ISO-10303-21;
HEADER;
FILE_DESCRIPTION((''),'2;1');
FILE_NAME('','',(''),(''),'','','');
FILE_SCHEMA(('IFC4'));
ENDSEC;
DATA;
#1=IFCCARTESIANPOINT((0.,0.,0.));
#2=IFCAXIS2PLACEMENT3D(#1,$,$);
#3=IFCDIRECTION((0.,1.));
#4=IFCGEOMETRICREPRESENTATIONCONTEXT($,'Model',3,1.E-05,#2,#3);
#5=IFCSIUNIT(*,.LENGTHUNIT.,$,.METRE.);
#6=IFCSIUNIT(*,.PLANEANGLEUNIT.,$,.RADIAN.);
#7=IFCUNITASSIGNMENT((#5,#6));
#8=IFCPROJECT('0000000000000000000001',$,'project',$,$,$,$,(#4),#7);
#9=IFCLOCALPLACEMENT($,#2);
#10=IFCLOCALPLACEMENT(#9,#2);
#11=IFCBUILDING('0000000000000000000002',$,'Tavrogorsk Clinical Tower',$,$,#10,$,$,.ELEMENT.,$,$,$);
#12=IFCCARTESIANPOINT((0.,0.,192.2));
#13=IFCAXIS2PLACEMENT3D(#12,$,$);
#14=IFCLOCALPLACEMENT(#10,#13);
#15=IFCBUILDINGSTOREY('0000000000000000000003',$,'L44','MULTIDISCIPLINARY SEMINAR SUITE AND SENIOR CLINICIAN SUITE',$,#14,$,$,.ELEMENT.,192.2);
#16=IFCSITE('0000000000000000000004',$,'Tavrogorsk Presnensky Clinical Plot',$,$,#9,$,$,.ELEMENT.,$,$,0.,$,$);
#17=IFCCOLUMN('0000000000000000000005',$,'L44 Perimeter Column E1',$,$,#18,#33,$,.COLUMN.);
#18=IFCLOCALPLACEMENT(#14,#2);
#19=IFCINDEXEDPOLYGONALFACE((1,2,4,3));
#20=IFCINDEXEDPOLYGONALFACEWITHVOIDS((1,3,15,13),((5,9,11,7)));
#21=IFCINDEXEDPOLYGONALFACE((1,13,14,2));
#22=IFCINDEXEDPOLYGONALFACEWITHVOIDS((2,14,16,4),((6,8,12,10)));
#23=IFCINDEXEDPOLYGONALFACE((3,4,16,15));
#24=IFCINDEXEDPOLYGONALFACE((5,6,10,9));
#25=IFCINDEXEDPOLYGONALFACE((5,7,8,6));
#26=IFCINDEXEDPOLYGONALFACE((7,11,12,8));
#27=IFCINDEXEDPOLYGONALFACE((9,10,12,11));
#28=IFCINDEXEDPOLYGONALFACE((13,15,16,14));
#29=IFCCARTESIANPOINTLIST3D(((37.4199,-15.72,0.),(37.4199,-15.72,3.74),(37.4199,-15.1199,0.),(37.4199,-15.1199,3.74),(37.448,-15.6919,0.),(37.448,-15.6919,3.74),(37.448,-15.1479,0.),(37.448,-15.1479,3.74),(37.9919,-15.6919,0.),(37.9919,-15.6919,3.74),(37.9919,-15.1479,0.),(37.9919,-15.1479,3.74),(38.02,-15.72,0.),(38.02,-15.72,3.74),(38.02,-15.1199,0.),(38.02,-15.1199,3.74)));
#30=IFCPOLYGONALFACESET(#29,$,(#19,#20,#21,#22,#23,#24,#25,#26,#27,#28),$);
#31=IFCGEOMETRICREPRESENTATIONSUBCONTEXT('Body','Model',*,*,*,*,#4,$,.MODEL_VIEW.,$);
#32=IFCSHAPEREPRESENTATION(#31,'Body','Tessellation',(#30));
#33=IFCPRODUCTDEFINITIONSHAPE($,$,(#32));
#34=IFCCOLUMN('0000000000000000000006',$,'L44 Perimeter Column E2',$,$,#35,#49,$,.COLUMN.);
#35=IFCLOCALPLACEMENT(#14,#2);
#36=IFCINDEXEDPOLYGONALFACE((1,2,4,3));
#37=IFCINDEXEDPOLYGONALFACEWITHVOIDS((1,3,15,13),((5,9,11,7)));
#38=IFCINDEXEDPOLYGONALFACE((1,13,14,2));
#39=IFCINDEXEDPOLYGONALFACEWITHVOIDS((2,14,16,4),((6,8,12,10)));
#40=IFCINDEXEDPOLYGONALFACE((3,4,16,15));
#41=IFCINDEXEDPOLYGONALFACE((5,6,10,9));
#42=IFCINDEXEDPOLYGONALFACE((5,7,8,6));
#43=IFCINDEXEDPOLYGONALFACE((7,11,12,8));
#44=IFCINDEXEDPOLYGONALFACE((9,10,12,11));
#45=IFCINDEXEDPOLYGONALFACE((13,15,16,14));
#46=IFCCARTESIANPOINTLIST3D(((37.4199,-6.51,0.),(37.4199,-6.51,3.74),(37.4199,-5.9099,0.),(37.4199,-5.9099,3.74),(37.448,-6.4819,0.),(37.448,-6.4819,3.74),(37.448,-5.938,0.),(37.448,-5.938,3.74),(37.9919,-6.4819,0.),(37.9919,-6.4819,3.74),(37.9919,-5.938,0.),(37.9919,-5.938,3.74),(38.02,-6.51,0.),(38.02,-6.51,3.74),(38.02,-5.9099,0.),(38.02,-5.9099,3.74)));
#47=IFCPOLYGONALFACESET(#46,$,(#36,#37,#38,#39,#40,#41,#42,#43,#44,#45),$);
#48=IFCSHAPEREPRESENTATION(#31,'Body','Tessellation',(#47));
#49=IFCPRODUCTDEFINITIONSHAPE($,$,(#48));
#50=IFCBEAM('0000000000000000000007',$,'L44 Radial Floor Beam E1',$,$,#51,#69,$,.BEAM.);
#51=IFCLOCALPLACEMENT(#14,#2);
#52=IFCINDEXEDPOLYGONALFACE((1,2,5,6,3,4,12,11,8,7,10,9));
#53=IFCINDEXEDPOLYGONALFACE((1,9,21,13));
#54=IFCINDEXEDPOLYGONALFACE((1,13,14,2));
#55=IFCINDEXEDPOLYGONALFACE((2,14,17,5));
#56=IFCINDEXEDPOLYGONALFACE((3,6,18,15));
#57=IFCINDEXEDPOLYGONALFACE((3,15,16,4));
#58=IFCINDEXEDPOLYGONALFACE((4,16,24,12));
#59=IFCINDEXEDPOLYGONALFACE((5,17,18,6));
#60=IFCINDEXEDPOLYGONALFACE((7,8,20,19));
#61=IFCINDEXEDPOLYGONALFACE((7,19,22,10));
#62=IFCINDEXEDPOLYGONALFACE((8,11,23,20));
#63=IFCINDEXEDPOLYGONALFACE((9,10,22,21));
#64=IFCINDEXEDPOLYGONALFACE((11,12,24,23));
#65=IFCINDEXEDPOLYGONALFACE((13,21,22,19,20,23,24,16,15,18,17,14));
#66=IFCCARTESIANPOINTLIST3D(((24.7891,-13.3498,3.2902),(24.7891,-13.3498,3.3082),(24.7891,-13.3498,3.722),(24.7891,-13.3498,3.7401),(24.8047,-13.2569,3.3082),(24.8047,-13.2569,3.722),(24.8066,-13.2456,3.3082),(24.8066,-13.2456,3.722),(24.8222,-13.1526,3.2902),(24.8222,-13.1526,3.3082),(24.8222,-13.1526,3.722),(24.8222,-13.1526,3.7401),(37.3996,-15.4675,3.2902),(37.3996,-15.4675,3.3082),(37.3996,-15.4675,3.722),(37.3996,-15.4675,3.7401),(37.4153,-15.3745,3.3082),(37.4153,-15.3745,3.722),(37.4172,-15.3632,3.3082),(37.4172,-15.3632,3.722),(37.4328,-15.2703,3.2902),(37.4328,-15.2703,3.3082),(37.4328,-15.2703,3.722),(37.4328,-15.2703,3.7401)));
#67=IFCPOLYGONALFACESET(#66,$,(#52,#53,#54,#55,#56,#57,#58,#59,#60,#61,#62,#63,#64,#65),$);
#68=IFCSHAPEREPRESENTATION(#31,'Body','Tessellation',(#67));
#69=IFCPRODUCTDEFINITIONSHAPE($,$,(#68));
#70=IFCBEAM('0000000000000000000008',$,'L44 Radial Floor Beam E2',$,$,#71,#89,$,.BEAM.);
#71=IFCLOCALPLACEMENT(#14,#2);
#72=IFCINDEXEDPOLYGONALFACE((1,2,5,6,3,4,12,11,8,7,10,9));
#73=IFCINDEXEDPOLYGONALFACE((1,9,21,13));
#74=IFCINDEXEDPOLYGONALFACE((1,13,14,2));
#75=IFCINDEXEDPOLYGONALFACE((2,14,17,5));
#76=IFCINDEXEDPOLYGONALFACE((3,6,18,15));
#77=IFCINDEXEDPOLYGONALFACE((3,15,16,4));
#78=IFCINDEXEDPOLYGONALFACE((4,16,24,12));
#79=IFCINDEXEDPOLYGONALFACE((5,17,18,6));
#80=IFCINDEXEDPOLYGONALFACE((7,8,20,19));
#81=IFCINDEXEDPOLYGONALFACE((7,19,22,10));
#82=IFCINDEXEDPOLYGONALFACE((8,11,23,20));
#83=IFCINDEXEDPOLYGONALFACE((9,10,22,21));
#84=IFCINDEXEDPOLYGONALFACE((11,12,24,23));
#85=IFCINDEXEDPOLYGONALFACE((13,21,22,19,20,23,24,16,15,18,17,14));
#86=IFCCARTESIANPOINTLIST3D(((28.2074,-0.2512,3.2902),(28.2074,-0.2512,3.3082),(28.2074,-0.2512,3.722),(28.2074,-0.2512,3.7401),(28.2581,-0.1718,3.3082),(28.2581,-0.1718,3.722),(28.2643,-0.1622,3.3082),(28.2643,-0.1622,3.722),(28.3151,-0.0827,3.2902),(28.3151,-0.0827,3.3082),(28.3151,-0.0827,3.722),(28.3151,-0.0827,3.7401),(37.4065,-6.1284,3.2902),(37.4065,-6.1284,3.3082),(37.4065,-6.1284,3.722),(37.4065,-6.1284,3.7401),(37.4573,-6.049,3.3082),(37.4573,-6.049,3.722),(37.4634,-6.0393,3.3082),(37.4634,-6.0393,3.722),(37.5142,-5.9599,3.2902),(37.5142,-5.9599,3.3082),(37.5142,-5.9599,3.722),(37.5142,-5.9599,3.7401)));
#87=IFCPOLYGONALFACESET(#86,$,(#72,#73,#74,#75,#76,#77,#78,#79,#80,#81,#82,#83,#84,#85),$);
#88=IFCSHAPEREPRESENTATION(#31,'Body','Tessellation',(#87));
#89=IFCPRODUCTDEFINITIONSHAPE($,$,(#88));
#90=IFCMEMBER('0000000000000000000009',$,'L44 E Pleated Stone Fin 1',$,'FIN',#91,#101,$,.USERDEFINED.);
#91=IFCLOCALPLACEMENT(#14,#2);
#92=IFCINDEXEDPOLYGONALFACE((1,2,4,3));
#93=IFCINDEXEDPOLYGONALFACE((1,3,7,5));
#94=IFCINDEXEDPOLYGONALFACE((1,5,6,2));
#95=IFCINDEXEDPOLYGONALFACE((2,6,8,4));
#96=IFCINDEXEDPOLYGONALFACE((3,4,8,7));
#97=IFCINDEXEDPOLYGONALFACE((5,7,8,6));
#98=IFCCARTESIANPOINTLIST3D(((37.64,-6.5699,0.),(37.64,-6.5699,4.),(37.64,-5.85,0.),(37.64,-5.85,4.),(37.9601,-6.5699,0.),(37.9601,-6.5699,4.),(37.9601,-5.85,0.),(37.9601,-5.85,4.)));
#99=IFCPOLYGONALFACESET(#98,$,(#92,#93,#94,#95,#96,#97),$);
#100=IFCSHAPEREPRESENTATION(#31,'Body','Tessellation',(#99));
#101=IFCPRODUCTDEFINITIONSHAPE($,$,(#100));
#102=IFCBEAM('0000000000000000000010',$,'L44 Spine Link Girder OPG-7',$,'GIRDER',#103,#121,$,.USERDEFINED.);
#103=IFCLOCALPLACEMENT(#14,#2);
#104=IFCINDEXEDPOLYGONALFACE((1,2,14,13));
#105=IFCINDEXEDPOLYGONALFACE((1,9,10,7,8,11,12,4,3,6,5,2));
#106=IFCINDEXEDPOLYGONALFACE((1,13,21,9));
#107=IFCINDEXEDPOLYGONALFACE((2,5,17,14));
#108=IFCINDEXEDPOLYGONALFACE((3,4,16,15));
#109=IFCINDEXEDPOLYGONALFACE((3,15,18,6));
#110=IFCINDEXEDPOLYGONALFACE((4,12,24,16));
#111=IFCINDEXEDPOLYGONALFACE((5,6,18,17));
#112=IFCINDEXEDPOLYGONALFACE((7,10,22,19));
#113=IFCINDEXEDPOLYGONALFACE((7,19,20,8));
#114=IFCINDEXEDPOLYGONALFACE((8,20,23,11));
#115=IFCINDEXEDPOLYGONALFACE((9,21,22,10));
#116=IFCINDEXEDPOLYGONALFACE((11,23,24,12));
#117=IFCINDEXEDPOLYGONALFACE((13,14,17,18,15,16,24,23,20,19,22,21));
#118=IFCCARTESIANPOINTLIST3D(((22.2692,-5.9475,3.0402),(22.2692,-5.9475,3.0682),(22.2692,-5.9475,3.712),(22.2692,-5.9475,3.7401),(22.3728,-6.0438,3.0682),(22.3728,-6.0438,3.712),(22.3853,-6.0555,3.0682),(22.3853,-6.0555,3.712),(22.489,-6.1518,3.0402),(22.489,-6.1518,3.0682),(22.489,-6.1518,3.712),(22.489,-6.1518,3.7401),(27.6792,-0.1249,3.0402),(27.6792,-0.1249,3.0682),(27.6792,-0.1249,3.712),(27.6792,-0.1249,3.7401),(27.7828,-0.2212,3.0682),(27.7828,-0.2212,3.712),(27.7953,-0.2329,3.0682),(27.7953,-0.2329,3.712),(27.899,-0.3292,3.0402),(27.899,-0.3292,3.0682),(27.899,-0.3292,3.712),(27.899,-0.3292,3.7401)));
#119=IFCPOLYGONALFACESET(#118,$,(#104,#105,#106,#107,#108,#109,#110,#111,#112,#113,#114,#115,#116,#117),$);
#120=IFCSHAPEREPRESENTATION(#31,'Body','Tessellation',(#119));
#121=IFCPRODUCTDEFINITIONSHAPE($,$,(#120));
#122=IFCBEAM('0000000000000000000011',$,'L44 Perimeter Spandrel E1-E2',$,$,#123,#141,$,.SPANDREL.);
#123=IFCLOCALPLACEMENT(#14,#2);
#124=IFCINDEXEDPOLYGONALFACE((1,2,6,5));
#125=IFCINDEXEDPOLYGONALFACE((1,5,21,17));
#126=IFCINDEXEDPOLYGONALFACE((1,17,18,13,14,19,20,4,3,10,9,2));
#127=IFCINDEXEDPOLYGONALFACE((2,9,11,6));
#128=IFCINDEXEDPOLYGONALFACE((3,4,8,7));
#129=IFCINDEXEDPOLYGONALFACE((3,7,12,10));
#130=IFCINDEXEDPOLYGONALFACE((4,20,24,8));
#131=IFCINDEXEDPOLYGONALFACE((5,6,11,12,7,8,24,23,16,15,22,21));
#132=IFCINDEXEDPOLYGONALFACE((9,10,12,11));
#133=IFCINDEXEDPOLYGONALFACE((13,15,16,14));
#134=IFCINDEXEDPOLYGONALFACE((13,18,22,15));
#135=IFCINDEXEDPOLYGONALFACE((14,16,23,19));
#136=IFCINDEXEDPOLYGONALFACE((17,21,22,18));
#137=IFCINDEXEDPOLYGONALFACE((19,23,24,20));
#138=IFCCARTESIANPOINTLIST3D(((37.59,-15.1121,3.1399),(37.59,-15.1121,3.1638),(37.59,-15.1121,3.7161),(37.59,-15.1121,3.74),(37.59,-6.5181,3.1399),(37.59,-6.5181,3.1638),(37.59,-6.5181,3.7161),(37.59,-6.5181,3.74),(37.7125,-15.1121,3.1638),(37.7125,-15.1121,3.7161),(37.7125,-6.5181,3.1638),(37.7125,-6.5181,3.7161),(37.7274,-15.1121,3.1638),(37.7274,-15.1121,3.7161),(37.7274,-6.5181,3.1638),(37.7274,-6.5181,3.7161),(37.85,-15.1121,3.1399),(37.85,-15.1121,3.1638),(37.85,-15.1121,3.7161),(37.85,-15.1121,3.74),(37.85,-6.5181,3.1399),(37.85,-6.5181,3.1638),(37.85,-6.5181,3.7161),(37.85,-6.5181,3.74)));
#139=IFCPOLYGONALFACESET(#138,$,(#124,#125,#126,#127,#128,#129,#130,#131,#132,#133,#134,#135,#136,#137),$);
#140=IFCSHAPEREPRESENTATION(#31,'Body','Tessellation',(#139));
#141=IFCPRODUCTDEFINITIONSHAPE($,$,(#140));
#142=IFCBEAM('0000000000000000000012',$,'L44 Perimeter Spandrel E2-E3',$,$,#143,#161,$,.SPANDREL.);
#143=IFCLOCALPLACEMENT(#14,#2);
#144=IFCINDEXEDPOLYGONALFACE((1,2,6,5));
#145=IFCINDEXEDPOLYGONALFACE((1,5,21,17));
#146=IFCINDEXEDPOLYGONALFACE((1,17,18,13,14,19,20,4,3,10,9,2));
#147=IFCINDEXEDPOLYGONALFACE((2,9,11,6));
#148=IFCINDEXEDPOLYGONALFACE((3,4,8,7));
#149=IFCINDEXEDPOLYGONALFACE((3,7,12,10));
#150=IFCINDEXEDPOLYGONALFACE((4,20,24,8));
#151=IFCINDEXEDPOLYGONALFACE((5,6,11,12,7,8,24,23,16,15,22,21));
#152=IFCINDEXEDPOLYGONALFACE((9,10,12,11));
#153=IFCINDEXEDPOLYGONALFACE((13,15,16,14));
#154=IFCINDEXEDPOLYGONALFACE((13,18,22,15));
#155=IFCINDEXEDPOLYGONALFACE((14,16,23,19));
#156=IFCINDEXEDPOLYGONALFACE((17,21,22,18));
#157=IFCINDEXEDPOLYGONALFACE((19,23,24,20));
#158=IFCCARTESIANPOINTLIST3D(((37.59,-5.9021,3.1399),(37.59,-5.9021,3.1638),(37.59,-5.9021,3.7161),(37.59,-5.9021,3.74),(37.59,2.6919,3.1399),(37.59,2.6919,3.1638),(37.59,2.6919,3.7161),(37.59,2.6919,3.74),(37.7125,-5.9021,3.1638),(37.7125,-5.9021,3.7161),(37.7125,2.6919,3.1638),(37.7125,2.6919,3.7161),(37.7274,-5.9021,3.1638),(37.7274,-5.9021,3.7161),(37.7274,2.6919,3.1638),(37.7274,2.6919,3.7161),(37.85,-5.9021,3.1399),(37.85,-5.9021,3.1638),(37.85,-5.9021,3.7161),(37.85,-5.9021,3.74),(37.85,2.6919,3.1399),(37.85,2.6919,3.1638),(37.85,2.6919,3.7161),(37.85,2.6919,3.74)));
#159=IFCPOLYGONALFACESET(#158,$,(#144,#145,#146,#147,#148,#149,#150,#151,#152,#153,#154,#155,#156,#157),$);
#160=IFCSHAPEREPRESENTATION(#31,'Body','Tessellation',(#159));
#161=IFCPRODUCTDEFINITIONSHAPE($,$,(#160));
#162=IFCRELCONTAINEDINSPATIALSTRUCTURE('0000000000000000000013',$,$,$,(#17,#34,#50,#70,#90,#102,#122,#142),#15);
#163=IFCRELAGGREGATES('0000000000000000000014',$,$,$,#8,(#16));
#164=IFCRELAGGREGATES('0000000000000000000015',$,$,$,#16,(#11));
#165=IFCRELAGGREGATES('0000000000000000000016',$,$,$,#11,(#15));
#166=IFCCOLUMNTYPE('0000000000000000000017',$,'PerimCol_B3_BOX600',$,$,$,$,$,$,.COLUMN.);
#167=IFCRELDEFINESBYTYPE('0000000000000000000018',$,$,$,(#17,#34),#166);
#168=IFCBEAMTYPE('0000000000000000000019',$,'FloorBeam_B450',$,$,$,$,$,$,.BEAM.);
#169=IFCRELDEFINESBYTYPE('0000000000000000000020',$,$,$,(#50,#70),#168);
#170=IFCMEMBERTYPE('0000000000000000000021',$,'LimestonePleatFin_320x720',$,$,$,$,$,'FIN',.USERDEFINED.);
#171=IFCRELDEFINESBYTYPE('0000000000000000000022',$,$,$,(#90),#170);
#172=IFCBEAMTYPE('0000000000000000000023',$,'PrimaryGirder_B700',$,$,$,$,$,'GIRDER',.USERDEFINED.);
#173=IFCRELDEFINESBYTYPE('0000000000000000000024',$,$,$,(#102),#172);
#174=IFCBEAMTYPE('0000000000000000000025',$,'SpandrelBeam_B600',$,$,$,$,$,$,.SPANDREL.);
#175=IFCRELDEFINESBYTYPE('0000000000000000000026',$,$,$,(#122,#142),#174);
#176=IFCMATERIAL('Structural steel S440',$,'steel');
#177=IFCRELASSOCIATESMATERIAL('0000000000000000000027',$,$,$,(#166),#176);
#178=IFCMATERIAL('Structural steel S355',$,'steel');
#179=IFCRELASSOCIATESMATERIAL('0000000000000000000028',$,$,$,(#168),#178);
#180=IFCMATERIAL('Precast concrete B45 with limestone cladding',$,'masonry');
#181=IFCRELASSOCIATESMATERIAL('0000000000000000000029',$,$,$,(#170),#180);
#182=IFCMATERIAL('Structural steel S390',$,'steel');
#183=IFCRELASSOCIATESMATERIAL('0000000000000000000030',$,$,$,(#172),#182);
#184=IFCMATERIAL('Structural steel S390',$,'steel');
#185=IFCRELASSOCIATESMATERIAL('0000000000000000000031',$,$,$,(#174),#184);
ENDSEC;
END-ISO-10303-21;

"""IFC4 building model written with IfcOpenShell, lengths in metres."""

from ifc_helpers import new_model, si_unit, direction, frame, origin, origin_2d, place, context, subcontext, project, spatial, rectangle, hollow_rectangle, i_section, extrude, material, material_profile, profile_set, type_object, element, save


model = new_model("IFC4")

# Units and contexts
model_context = context("Model", 3, precision=1e-05, world=origin(), true_north=direction((0.0, 1.0)))
body_context = subcontext(model_context, "Body", "Model", "MODEL_VIEW")
ifc_project = project(units=[si_unit("LENGTHUNIT", "METRE"), si_unit("PLANEANGLEUNIT", "RADIAN")], contexts=[model_context])

# Site, building, storey
site_placement = place(None, origin())
site = spatial("IfcSite", under=ifc_project, at=site_placement, Name="Tavrogorsk Presnensky Clinical Plot", CompositionType="ELEMENT", RefElevation=0.0)
building_placement = place(site_placement, origin())
building = spatial("IfcBuilding", under=site, at=building_placement, Name="Tavrogorsk Clinical Tower", CompositionType="ELEMENT")
storey_placement = place(building_placement, frame((0.0, 0.0, 192.2)))
storey = spatial("IfcBuildingStorey", under=building, at=storey_placement, Name="L44", Description="MULTIDISCIPLINARY SEMINAR SUITE AND SENIOR CLINICIAN SUITE", CompositionType="ELEMENT", Elevation=192.2)

# Columns
ifc_material_1 = material(Name="Structural steel S440", Category="steel")
ifc_material_profile_1 = material_profile(ifc_material_1, hollow_rectangle(XDim=0.6001, YDim=0.6001, WallThickness=0.0281, at=origin_2d()), Name="BOX-600x600x28")
ifc_profile_set_1 = profile_set([ifc_material_profile_1], Name="Structural steel S440")
column_type = type_object("IfcColumnType", Name="PerimCol_B3_BOX600", PredefinedType="COLUMN", material=ifc_profile_set_1)
for number, where, z_axis, x_axis, name in (
    (1, (37.72, -15.4199, 0.0), (0.0, 0.0, 1.0), (1.0, 0.0, 0.0), "L44 Perimeter Column E1"),
    (2, (37.72, -6.21, 0.0), (0.0, 0.0, 1.0), (1.0, 0.0, 0.0), "L44 Perimeter Column E2"),
):
    element("IfcColumn", number, at=place(storey_placement, frame(where, z_axis=z_axis, x_axis=x_axis)), inside=storey, type_object=column_type, Name=name, PredefinedType="COLUMN", context=body_context, shape_type="SweptSolid", body=[
        extrude(hollow_rectangle(XDim=0.6001, YDim=0.6001, WallThickness=0.0281, at=origin_2d()), origin(), (0.0, 0.0, 1.0), 3.74),
    ])

# Beams
ifc_material_2 = material(Name="Structural steel S355", Category="steel")
ifc_material_profile_2 = material_profile(ifc_material_2, i_section(OverallWidth=0.2, OverallDepth=0.45, WebThickness=0.0115, FlangeThickness=0.0181, at=origin_2d()), Name="B-450x200x11.5x18")
ifc_profile_set_2 = profile_set([ifc_material_profile_2], Name="Structural steel S355")
beam_type_1 = type_object("IfcBeamType", Name="FloorBeam_B450", PredefinedType="BEAM", material=ifc_profile_set_2)
beam_1_placement = place(storey_placement, frame((24.8057, -13.2512, 3.5151), z_axis=(0.986191, -0.165609, 0.0), x_axis=(0.165609, 0.986191, 0.0)))
element("IfcBeam", 3, at=beam_1_placement, inside=storey, type_object=beam_type_1, Name="L44 Radial Floor Beam E1", PredefinedType="BEAM", context=body_context, shape_type="SweptSolid", body=[
    extrude(i_section(OverallWidth=0.2, OverallDepth=0.45, WebThickness=0.0115, FlangeThickness=0.0181, at=origin_2d()), origin(), (0.0, 0.0, 1.0), 12.7871),
])
beam_2_placement = place(storey_placement, frame((28.2612, -0.167, 3.5151), z_axis=(0.8427, -0.538384, 0.0), x_axis=(0.538384, 0.8427, 0.0)))
element("IfcBeam", 4, at=beam_2_placement, inside=storey, type_object=beam_type_1, Name="L44 Radial Floor Beam E2", PredefinedType="BEAM", context=body_context, shape_type="SweptSolid", body=[
    extrude(i_section(OverallWidth=0.2, OverallDepth=0.45, WebThickness=0.0115, FlangeThickness=0.0181, at=origin_2d()), origin(), (0.0, 0.0, 1.0), 10.9163),
])

# Member
ifc_material_3 = material(Name="Precast concrete B45 with limestone cladding", Category="masonry")
ifc_material_profile_3 = material_profile(ifc_material_3, rectangle(XDim=0.3201, YDim=0.72, at=origin_2d()), Name="LIMESTONE-FIN-320x720")
ifc_profile_set_3 = profile_set([ifc_material_profile_3], Name="Precast concrete B45 with limestone cladding")
member_type = type_object("IfcMemberType", Name="LimestonePleatFin_320x720", ElementType="FIN", PredefinedType="USERDEFINED", material=ifc_profile_set_3)
member_placement = place(storey_placement, frame((37.8, -6.21, 0.0), z_axis=(0.0, 0.0, 1.0), x_axis=(1.0, 0.0, 0.0)))
element("IfcMember", 5, at=member_placement, inside=storey, type_object=member_type, Name="L44 E Pleated Stone Fin 1", ObjectType="FIN", PredefinedType="USERDEFINED", context=body_context, shape_type="SweptSolid", body=[
    extrude(rectangle(XDim=0.3201, YDim=0.72, at=origin_2d()), origin(), (0.0, 0.0, 1.0), 4.0),
])

# Beams
ifc_material_4 = material(Name="Structural steel S390", Category="steel")
ifc_material_profile_4 = material_profile(ifc_material_4, i_section(OverallWidth=0.3, OverallDepth=0.7, WebThickness=0.0171, FlangeThickness=0.0281, at=origin_2d()), Name="B-700x300x17x28")
ifc_profile_set_4 = profile_set([ifc_material_profile_4], Name="Structural steel S390")
beam_type_2 = type_object("IfcBeamType", Name="PrimaryGirder_B700", ElementType="GIRDER", PredefinedType="USERDEFINED", material=ifc_profile_set_4)
beam_3_placement = place(storey_placement, frame((27.7891, -0.2271, 3.3901), z_axis=(-0.680674, -0.732587, 0.0), x_axis=(0.732587, -0.680674, 0.0)))
element("IfcBeam", 6, at=beam_3_placement, inside=storey, type_object=beam_type_2, Name="L44 Spine Link Girder OPG-7", ObjectType="GIRDER", PredefinedType="USERDEFINED", context=body_context, shape_type="SweptSolid", body=[
    extrude(i_section(OverallWidth=0.3, OverallDepth=0.7, WebThickness=0.0171, FlangeThickness=0.0281, at=origin_2d()), origin(), (0.0, 0.0, 1.0), 7.948),
])
ifc_material_5 = material(Name="Structural steel S390", Category="steel")
ifc_material_profile_5 = material_profile(ifc_material_5, i_section(OverallWidth=0.26, OverallDepth=0.6001, WebThickness=0.0149, FlangeThickness=0.0239, at=origin_2d()), Name="B-600x260x15x24")
ifc_profile_set_5 = profile_set([ifc_material_profile_5], Name="Structural steel S390")
beam_type_3 = type_object("IfcBeamType", Name="SpandrelBeam_B600", PredefinedType="SPANDREL", material=ifc_profile_set_5)
for number, where, z_axis, x_axis, name in (
    (7, (37.72, -15.1121, 3.4399), (0.0, 1.0, 0.0), (-1.0, 0.0, 0.0), "L44 Perimeter Spandrel E1-E2"),
    (8, (37.72, -5.9021, 3.4399), (0.0, 1.0, 0.0), (-1.0, 0.0, 0.0), "L44 Perimeter Spandrel E2-E3"),
):
    element("IfcBeam", number, at=place(storey_placement, frame(where, z_axis=z_axis, x_axis=x_axis)), inside=storey, type_object=beam_type_3, Name=name, PredefinedType="SPANDREL", context=body_context, shape_type="SweptSolid", body=[
        extrude(i_section(OverallWidth=0.26, OverallDepth=0.6001, WebThickness=0.0149, FlangeThickness=0.0239, at=origin_2d()), origin(), (0.0, 0.0, 1.0), 8.594),
    ])

save(model, "model.ifc")
